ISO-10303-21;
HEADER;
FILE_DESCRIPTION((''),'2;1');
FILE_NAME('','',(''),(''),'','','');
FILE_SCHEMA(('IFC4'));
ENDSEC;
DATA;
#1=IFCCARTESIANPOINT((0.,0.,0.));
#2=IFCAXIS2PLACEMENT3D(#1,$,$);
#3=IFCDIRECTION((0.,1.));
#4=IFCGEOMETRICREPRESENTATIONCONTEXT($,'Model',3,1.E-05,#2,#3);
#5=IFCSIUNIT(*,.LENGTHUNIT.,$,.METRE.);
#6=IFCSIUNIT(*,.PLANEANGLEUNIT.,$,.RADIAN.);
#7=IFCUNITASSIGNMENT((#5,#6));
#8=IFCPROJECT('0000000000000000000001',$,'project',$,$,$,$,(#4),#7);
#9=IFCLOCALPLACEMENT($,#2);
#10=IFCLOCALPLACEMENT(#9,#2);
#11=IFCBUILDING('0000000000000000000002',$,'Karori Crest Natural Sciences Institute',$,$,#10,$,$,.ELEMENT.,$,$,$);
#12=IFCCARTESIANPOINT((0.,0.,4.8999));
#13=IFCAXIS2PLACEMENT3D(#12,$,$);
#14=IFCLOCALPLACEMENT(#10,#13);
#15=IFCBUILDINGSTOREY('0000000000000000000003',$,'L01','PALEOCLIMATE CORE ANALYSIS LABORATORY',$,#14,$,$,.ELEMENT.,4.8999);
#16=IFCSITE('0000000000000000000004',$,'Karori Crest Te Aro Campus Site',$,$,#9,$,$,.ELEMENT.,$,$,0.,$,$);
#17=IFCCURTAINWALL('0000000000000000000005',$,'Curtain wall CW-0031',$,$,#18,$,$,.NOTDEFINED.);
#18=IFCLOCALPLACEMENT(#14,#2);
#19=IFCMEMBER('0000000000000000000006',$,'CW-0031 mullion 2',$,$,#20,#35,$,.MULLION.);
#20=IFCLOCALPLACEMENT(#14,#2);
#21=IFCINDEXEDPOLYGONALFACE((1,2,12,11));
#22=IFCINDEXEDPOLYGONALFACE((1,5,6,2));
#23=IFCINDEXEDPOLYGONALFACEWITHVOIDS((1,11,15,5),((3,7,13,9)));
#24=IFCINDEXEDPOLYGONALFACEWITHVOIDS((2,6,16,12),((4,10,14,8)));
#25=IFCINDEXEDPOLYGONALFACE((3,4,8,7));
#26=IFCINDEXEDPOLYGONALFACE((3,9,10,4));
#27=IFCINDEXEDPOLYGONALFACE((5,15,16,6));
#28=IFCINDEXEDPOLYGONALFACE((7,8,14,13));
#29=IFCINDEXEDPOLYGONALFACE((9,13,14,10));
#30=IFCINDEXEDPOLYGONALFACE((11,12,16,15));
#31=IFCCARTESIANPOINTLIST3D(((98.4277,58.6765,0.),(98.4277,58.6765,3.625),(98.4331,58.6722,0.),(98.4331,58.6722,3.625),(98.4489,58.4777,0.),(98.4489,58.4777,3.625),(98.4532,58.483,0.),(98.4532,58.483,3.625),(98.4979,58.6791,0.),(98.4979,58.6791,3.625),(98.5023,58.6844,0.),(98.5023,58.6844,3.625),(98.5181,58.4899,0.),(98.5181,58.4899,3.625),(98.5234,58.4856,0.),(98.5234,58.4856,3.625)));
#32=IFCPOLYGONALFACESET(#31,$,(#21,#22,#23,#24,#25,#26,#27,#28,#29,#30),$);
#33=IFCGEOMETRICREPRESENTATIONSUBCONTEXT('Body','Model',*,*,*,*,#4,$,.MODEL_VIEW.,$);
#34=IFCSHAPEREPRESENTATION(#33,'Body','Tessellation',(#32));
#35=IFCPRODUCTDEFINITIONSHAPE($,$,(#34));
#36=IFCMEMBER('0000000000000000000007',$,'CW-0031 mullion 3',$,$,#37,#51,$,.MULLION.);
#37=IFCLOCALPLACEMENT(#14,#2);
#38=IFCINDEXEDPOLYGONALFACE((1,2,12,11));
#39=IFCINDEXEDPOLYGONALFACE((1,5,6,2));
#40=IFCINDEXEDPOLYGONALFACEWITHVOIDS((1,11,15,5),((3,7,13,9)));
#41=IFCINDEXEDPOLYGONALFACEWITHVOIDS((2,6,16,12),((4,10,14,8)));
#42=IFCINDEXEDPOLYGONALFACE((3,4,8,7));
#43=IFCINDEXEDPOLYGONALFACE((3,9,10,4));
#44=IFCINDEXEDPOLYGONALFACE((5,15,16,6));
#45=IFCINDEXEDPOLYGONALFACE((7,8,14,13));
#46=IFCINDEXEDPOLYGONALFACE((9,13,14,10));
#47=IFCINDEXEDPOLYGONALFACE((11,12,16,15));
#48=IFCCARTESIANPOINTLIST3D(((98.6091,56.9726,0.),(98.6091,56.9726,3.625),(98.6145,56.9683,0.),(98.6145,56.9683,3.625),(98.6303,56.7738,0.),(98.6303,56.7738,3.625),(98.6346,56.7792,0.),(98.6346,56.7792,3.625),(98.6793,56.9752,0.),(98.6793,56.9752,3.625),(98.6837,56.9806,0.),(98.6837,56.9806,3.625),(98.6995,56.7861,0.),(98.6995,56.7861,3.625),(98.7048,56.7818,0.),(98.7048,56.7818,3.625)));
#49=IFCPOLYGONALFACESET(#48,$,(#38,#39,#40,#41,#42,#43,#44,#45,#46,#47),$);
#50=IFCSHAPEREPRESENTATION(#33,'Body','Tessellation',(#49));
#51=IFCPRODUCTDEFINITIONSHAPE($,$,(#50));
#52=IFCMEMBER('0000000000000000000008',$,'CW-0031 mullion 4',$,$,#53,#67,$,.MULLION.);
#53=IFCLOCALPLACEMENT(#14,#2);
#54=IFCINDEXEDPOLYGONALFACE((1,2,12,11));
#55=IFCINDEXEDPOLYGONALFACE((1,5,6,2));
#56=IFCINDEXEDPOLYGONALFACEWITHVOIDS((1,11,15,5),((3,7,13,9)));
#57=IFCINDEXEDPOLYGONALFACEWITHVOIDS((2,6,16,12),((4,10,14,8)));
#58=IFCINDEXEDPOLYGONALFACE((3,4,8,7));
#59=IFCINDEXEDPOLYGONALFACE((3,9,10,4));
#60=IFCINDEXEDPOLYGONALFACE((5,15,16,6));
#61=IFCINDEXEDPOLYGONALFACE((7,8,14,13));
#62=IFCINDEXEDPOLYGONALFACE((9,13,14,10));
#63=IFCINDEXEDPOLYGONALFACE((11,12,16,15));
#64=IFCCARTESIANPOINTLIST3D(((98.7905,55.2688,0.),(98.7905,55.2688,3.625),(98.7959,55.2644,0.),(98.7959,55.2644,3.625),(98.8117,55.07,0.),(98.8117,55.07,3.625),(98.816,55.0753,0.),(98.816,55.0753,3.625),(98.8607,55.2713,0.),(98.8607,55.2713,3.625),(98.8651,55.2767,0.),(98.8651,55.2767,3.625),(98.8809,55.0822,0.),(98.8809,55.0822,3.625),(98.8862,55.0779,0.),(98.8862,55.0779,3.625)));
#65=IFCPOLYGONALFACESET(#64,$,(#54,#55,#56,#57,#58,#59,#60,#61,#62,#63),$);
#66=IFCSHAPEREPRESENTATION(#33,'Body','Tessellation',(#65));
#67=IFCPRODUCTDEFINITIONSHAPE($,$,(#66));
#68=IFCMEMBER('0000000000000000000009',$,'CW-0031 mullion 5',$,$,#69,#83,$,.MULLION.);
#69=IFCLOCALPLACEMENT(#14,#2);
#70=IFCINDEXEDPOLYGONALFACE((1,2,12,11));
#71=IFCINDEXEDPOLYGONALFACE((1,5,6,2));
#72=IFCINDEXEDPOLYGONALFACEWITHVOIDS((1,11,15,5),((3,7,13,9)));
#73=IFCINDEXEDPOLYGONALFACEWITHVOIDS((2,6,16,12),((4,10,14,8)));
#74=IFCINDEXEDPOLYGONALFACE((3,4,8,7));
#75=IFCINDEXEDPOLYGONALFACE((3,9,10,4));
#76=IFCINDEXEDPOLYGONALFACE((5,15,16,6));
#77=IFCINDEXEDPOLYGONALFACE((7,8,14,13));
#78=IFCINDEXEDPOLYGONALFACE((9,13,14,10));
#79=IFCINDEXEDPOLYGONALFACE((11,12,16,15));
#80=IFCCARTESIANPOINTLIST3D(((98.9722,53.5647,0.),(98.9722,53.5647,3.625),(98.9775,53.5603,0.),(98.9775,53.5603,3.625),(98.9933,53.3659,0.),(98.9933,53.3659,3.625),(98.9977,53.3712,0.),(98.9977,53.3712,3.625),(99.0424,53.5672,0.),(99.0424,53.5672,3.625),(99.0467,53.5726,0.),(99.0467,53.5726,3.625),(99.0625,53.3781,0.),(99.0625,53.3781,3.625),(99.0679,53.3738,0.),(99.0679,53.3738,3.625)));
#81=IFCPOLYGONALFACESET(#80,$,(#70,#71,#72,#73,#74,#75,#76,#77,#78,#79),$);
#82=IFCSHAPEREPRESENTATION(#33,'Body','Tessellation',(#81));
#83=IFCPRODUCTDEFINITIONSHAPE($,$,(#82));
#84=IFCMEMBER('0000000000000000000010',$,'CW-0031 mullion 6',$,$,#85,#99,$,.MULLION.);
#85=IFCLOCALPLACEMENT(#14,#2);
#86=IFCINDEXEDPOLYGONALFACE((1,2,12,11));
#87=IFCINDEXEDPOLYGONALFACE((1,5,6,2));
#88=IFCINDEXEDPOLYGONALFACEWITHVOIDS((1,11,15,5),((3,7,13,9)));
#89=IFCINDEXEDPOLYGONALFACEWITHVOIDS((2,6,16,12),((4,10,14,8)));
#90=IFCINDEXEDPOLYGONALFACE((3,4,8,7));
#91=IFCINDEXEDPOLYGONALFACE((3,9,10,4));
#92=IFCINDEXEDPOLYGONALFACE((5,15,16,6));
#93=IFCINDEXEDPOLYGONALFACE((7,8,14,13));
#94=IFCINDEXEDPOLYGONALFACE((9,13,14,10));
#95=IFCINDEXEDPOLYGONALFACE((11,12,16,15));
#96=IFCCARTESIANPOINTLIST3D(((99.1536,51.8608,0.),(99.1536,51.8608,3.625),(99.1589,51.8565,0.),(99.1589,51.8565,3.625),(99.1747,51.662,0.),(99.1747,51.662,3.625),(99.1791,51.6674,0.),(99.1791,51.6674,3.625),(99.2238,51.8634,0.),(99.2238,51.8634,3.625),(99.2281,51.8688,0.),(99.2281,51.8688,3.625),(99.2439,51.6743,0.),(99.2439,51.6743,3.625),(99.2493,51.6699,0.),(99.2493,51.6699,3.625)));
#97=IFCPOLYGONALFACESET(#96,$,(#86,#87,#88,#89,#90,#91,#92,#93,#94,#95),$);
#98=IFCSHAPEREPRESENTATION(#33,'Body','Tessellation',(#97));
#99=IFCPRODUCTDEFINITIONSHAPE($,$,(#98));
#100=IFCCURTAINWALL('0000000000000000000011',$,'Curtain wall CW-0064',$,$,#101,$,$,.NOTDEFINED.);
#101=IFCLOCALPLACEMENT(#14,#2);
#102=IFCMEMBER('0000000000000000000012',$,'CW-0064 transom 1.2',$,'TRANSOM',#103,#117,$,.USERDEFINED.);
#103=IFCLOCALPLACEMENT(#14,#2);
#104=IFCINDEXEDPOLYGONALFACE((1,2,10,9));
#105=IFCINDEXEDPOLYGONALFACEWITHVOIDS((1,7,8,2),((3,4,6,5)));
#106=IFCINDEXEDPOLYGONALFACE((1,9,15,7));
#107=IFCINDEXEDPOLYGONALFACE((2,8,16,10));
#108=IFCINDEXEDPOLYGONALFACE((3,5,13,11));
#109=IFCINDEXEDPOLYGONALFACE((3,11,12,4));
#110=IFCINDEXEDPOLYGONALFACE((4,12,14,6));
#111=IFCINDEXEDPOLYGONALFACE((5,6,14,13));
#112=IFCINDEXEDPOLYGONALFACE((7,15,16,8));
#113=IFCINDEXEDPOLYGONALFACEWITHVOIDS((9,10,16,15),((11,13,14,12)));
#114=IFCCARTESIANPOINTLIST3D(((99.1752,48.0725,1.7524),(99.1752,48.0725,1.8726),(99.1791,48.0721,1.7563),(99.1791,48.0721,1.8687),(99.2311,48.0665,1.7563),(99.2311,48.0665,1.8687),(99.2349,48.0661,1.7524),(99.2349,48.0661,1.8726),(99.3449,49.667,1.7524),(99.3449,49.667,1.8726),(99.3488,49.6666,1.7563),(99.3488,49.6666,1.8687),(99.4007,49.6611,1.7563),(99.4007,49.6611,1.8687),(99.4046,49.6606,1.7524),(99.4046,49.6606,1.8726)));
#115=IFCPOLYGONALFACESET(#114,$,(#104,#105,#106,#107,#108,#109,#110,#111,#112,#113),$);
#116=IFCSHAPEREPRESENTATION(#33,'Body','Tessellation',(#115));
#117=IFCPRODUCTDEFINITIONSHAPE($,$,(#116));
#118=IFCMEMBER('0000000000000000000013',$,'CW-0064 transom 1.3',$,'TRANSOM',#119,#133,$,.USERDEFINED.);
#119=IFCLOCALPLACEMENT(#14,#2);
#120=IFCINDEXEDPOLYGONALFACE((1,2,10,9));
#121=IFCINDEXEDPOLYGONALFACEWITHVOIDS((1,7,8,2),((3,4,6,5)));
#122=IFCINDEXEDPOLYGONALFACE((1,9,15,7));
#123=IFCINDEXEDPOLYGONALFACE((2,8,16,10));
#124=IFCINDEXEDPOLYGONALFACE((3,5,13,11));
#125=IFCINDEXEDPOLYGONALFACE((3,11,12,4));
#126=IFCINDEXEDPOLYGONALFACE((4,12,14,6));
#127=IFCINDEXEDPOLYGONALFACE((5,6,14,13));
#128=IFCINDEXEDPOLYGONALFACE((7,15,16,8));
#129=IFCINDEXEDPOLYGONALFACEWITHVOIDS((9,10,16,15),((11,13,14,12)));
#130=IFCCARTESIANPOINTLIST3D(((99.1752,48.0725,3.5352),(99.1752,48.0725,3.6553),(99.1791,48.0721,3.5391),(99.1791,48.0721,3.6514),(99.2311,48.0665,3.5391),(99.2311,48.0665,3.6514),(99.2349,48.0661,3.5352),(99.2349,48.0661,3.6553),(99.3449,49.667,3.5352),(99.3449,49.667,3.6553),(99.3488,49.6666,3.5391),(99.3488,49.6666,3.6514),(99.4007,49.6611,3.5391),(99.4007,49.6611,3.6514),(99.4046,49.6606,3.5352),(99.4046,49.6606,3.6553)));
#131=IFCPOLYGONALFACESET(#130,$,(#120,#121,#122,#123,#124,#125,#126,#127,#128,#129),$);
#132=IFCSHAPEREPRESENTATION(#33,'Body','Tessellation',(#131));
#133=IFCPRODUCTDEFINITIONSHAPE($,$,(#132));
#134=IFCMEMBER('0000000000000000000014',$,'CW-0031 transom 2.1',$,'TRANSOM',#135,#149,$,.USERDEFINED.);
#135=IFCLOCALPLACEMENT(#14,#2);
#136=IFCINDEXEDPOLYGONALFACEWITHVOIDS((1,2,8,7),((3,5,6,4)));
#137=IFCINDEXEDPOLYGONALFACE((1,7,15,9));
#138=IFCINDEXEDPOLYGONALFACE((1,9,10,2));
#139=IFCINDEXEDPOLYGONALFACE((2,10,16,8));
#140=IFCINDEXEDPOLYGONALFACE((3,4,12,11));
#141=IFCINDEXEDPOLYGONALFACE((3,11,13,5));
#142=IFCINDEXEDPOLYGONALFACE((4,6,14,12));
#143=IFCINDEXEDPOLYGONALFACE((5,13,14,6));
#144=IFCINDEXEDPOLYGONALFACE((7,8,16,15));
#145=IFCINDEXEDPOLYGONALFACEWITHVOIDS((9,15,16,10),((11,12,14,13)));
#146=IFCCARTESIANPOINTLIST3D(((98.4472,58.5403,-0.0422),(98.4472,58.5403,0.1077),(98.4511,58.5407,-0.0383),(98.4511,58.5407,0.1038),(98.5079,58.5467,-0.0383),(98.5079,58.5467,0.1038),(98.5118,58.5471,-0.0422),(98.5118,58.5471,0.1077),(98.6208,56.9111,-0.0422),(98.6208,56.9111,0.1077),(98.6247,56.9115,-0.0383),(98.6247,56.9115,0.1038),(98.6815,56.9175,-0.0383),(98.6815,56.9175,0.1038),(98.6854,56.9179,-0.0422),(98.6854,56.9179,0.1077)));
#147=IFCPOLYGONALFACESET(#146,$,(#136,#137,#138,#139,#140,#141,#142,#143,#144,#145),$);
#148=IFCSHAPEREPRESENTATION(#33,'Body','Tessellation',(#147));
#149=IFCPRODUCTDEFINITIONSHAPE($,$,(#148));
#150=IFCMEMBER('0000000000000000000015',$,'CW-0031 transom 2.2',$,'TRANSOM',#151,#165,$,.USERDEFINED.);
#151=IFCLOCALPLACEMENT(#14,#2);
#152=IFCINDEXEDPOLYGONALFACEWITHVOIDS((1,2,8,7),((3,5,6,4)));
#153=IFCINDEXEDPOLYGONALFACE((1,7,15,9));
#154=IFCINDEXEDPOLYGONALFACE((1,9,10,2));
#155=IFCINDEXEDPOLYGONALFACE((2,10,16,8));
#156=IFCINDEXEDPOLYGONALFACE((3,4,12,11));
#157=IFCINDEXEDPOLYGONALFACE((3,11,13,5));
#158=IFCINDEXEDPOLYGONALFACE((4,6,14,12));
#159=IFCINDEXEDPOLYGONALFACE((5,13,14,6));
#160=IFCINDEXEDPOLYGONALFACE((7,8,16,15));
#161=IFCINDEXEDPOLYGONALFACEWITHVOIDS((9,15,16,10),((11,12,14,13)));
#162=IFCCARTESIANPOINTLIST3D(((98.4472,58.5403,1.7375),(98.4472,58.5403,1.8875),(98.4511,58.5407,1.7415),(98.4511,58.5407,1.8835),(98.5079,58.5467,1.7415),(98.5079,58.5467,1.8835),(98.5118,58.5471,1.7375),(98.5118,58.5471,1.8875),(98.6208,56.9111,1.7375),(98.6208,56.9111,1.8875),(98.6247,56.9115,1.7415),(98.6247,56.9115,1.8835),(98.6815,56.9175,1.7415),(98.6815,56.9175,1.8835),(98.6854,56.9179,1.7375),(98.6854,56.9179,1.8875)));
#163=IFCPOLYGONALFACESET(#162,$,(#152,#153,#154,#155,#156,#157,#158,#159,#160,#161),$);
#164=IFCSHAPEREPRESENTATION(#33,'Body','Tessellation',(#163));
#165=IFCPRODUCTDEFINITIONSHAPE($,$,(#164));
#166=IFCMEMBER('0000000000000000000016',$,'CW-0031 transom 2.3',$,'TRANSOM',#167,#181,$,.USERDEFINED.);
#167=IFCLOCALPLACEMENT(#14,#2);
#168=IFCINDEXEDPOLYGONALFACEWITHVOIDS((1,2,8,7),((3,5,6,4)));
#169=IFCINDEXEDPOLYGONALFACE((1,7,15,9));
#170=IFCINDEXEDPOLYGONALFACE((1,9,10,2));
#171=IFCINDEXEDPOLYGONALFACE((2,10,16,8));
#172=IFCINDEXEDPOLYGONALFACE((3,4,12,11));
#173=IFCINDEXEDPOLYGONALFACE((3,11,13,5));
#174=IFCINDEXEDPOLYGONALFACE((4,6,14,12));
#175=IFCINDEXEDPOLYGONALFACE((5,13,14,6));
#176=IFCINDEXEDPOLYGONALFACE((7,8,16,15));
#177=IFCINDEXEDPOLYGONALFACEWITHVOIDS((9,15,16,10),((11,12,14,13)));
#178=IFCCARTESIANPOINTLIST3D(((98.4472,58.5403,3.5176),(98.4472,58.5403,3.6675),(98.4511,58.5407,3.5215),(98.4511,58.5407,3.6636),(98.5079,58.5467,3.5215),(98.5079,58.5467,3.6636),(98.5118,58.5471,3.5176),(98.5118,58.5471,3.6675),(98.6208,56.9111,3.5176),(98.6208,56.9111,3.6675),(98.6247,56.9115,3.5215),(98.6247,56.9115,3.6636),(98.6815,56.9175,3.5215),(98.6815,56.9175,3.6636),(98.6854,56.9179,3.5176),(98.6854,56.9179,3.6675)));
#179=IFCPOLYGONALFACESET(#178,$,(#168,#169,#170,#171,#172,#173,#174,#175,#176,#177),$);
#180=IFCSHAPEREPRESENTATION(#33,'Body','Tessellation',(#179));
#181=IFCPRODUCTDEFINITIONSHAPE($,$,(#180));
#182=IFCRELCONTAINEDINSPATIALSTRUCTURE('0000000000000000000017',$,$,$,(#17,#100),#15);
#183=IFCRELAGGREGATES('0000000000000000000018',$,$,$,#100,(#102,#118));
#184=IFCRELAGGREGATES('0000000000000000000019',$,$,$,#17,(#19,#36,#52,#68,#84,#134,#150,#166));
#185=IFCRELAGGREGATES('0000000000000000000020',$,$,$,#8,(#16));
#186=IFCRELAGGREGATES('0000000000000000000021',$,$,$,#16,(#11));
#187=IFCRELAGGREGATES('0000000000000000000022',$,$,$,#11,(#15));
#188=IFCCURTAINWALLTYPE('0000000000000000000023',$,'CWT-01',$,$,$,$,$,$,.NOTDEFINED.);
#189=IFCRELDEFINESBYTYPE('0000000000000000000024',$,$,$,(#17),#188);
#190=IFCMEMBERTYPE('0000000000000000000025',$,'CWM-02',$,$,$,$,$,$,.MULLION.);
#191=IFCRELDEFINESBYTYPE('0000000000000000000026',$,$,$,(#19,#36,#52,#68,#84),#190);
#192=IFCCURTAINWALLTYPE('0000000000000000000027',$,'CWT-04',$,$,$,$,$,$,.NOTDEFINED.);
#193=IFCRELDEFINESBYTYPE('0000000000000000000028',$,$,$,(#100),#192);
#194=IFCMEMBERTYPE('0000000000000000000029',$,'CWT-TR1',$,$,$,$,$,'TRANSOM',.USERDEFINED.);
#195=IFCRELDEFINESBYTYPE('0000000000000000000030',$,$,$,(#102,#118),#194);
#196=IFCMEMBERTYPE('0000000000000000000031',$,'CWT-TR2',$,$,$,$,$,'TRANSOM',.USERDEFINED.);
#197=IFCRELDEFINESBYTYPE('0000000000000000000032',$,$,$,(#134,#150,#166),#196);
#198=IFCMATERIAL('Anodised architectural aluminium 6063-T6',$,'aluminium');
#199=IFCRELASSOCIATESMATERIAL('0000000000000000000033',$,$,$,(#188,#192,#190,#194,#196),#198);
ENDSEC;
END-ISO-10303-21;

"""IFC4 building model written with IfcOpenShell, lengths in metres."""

from ifc_helpers import new_model, si_unit, direction, frame, origin, origin_2d, place, context, subcontext, project, spatial, hollow_rectangle, extrude, material, material_profile, profile_set, type_object, element, aggregate, save


model = new_model("IFC4")

# Units and contexts
model_context = context("Model", 3, precision=1e-05, world=origin(), true_north=direction((0.0, 1.0)))
body_context = subcontext(model_context, "Body", "Model", "MODEL_VIEW")
ifc_project = project(units=[si_unit("LENGTHUNIT", "METRE"), si_unit("PLANEANGLEUNIT", "RADIAN")], contexts=[model_context])

# Site, building, storey
site_placement = place(None, origin())
site = spatial("IfcSite", under=ifc_project, at=site_placement, Name="Karori Crest Te Aro Campus Site", CompositionType="ELEMENT", RefElevation=0.0)
building_placement = place(site_placement, origin())
building = spatial("IfcBuilding", under=site, at=building_placement, Name="Karori Crest Natural Sciences Institute", CompositionType="ELEMENT")
storey_placement = place(building_placement, frame((0.0, 0.0, 4.8999)))
storey = spatial("IfcBuildingStorey", under=building, at=storey_placement, Name="L01", Description="PALEOCLIMATE CORE ANALYSIS LABORATORY", CompositionType="ELEMENT", Elevation=4.8999)

# Curtain walls, members
ifc_material_1 = material(Name="Anodised architectural aluminium 6063-T6", Category="aluminium")
curtain_wall_type_1 = type_object("IfcCurtainWallType", Name="CWT-01", PredefinedType="NOTDEFINED", material=ifc_material_1)
curtain_wall_1_placement = place(storey_placement, origin())
curtain_wall_1 = element("IfcCurtainWall", 1, at=curtain_wall_1_placement, inside=storey, type_object=curtain_wall_type_1, Name="Curtain wall CW-0031", PredefinedType="NOTDEFINED")
ifc_material_profile_1 = material_profile(ifc_material_1, hollow_rectangle(XDim=0.075, YDim=0.2, WallThickness=0.0049, at=origin_2d()), Name="CWM200x75x5")
ifc_profile_set_1 = profile_set([ifc_material_profile_1], Name="Anodised architectural aluminium 6063-T6")
member_type_1 = type_object("IfcMemberType", Name="CWM-02", PredefinedType="MULLION", material=ifc_profile_set_1)
member_1_placement = place(storey_placement, frame((98.4756, 58.5811, 0.0), z_axis=(0.0, 0.0, 1.0), x_axis=(0.994379, 0.105882, 0.0)))
member_1 = element("IfcMember", 2, at=member_1_placement, type_object=member_type_1, Name="CW-0031 mullion 2", PredefinedType="MULLION", context=body_context, shape_type="SweptSolid", body=[
    extrude(hollow_rectangle(XDim=0.075, YDim=0.2, WallThickness=0.0049, at=origin_2d()), origin(), (0.0, 0.0, 1.0), 3.625),
])
member_2_placement = place(storey_placement, frame((98.657, 56.8772, 0.0), z_axis=(0.0, 0.0, 1.0), x_axis=(0.994379, 0.105882, 0.0)))
member_2 = element("IfcMember", 3, at=member_2_placement, type_object=member_type_1, Name="CW-0031 mullion 3", PredefinedType="MULLION", context=body_context, shape_type="SweptSolid", body=[
    extrude(hollow_rectangle(XDim=0.075, YDim=0.2, WallThickness=0.0049, at=origin_2d()), origin(), (0.0, 0.0, 1.0), 3.625),
])
member_3_placement = place(storey_placement, frame((98.8384, 55.1733, 0.0), z_axis=(0.0, 0.0, 1.0), x_axis=(0.994379, 0.105882, 0.0)))
member_3 = element("IfcMember", 4, at=member_3_placement, type_object=member_type_1, Name="CW-0031 mullion 4", PredefinedType="MULLION", context=body_context, shape_type="SweptSolid", body=[
    extrude(hollow_rectangle(XDim=0.075, YDim=0.2, WallThickness=0.0049, at=origin_2d()), origin(), (0.0, 0.0, 1.0), 3.625),
])
member_4_placement = place(storey_placement, frame((99.02, 53.4692, 0.0), z_axis=(0.0, 0.0, 1.0), x_axis=(0.994379, 0.105882, 0.0)))
member_4 = element("IfcMember", 5, at=member_4_placement, type_object=member_type_1, Name="CW-0031 mullion 5", PredefinedType="MULLION", context=body_context, shape_type="SweptSolid", body=[
    extrude(hollow_rectangle(XDim=0.075, YDim=0.2, WallThickness=0.0049, at=origin_2d()), origin(), (0.0, 0.0, 1.0), 3.625),
])
member_5_placement = place(storey_placement, frame((99.2014, 51.7654, 0.0), z_axis=(0.0, 0.0, 1.0), x_axis=(0.994379, 0.105882, 0.0)))
member_5 = element("IfcMember", 6, at=member_5_placement, type_object=member_type_1, Name="CW-0031 mullion 6", PredefinedType="MULLION", context=body_context, shape_type="SweptSolid", body=[
    extrude(hollow_rectangle(XDim=0.075, YDim=0.2, WallThickness=0.0049, at=origin_2d()), origin(), (0.0, 0.0, 1.0), 3.625),
])
curtain_wall_type_2 = type_object("IfcCurtainWallType", Name="CWT-04", PredefinedType="NOTDEFINED", material=ifc_material_1)
curtain_wall_2_placement = place(storey_placement, origin())
curtain_wall_2 = element("IfcCurtainWall", 7, at=curtain_wall_2_placement, inside=storey, type_object=curtain_wall_type_2, Name="Curtain wall CW-0064", PredefinedType="NOTDEFINED")
ifc_material_profile_2 = material_profile(ifc_material_1, hollow_rectangle(XDim=0.0601, YDim=0.1201, WallThickness=0.0039, at=origin_2d()), Name="CWT120x60x4")
ifc_profile_set_2 = profile_set([ifc_material_profile_2], Name="Anodised architectural aluminium 6063-T6")
member_type_2 = type_object("IfcMemberType", Name="CWT-TR1", ElementType="TRANSOM", PredefinedType="USERDEFINED", material=ifc_profile_set_2)
member_6_placement = place(storey_placement, frame((99.3748, 49.6638, 1.8125), z_axis=(-0.105818, -0.994386, 0.0), x_axis=(0.994386, -0.105818, 0.0)))
member_6 = element("IfcMember", 8, at=member_6_placement, type_object=member_type_2, Name="CW-0064 transom 1.2", ObjectType="TRANSOM", PredefinedType="USERDEFINED", context=body_context, shape_type="SweptSolid", body=[
    extrude(hollow_rectangle(XDim=0.0601, YDim=0.1201, WallThickness=0.0039, at=origin_2d()), origin(), (0.0, 0.0, 1.0), 1.6035),
])
member_7_placement = place(storey_placement, frame((99.3748, 49.6638, 3.5952), z_axis=(-0.105818, -0.994386, 0.0), x_axis=(0.994386, -0.105818, 0.0)))
member_7 = element("IfcMember", 9, at=member_7_placement, type_object=member_type_2, Name="CW-0064 transom 1.3", ObjectType="TRANSOM", PredefinedType="USERDEFINED", context=body_context, shape_type="SweptSolid", body=[
    extrude(hollow_rectangle(XDim=0.0601, YDim=0.1201, WallThickness=0.0039, at=origin_2d()), origin(), (0.0, 0.0, 1.0), 1.6035),
])
aggregate(curtain_wall_2, [member_6, member_7])

# Members
ifc_material_profile_3 = material_profile(ifc_material_1, hollow_rectangle(XDim=0.0649, YDim=0.1499, WallThickness=0.0039, at=origin_2d()), Name="CWT150x65x4")
ifc_profile_set_3 = profile_set([ifc_material_profile_3], Name="Anodised architectural aluminium 6063-T6")
member_type_3 = type_object("IfcMemberType", Name="CWT-TR2", ElementType="TRANSOM", PredefinedType="USERDEFINED", material=ifc_profile_set_3)
member_8_placement = place(storey_placement, frame((98.4795, 58.5437, 0.0327), z_axis=(0.105949, -0.994372, 0.0), x_axis=(0.994372, 0.105949, 0.0)))
member_8 = element("IfcMember", 10, at=member_8_placement, type_object=member_type_3, Name="CW-0031 transom 2.1", ObjectType="TRANSOM", PredefinedType="USERDEFINED", context=body_context, shape_type="SweptSolid", body=[
    extrude(hollow_rectangle(XDim=0.0649, YDim=0.1499, WallThickness=0.0039, at=origin_2d()), origin(), (0.0, 0.0, 1.0), 1.6384),
])
member_9_placement = place(storey_placement, frame((98.4795, 58.5437, 1.8125), z_axis=(0.105949, -0.994372, 0.0), x_axis=(0.994372, 0.105949, 0.0)))
member_9 = element("IfcMember", 11, at=member_9_placement, type_object=member_type_3, Name="CW-0031 transom 2.2", ObjectType="TRANSOM", PredefinedType="USERDEFINED", context=body_context, shape_type="SweptSolid", body=[
    extrude(hollow_rectangle(XDim=0.0649, YDim=0.1499, WallThickness=0.0039, at=origin_2d()), origin(), (0.0, 0.0, 1.0), 1.6384),
])
member_10_placement = place(storey_placement, frame((98.4795, 58.5437, 3.5925), z_axis=(0.105949, -0.994372, 0.0), x_axis=(0.994372, 0.105949, 0.0)))
member_10 = element("IfcMember", 12, at=member_10_placement, type_object=member_type_3, Name="CW-0031 transom 2.3", ObjectType="TRANSOM", PredefinedType="USERDEFINED", context=body_context, shape_type="SweptSolid", body=[
    extrude(hollow_rectangle(XDim=0.0649, YDim=0.1499, WallThickness=0.0039, at=origin_2d()), origin(), (0.0, 0.0, 1.0), 1.6384),
])

aggregate(curtain_wall_1, [member_1, member_2, member_3, member_4, member_5, member_8, member_9, member_10])

save(model, "model.ifc")
